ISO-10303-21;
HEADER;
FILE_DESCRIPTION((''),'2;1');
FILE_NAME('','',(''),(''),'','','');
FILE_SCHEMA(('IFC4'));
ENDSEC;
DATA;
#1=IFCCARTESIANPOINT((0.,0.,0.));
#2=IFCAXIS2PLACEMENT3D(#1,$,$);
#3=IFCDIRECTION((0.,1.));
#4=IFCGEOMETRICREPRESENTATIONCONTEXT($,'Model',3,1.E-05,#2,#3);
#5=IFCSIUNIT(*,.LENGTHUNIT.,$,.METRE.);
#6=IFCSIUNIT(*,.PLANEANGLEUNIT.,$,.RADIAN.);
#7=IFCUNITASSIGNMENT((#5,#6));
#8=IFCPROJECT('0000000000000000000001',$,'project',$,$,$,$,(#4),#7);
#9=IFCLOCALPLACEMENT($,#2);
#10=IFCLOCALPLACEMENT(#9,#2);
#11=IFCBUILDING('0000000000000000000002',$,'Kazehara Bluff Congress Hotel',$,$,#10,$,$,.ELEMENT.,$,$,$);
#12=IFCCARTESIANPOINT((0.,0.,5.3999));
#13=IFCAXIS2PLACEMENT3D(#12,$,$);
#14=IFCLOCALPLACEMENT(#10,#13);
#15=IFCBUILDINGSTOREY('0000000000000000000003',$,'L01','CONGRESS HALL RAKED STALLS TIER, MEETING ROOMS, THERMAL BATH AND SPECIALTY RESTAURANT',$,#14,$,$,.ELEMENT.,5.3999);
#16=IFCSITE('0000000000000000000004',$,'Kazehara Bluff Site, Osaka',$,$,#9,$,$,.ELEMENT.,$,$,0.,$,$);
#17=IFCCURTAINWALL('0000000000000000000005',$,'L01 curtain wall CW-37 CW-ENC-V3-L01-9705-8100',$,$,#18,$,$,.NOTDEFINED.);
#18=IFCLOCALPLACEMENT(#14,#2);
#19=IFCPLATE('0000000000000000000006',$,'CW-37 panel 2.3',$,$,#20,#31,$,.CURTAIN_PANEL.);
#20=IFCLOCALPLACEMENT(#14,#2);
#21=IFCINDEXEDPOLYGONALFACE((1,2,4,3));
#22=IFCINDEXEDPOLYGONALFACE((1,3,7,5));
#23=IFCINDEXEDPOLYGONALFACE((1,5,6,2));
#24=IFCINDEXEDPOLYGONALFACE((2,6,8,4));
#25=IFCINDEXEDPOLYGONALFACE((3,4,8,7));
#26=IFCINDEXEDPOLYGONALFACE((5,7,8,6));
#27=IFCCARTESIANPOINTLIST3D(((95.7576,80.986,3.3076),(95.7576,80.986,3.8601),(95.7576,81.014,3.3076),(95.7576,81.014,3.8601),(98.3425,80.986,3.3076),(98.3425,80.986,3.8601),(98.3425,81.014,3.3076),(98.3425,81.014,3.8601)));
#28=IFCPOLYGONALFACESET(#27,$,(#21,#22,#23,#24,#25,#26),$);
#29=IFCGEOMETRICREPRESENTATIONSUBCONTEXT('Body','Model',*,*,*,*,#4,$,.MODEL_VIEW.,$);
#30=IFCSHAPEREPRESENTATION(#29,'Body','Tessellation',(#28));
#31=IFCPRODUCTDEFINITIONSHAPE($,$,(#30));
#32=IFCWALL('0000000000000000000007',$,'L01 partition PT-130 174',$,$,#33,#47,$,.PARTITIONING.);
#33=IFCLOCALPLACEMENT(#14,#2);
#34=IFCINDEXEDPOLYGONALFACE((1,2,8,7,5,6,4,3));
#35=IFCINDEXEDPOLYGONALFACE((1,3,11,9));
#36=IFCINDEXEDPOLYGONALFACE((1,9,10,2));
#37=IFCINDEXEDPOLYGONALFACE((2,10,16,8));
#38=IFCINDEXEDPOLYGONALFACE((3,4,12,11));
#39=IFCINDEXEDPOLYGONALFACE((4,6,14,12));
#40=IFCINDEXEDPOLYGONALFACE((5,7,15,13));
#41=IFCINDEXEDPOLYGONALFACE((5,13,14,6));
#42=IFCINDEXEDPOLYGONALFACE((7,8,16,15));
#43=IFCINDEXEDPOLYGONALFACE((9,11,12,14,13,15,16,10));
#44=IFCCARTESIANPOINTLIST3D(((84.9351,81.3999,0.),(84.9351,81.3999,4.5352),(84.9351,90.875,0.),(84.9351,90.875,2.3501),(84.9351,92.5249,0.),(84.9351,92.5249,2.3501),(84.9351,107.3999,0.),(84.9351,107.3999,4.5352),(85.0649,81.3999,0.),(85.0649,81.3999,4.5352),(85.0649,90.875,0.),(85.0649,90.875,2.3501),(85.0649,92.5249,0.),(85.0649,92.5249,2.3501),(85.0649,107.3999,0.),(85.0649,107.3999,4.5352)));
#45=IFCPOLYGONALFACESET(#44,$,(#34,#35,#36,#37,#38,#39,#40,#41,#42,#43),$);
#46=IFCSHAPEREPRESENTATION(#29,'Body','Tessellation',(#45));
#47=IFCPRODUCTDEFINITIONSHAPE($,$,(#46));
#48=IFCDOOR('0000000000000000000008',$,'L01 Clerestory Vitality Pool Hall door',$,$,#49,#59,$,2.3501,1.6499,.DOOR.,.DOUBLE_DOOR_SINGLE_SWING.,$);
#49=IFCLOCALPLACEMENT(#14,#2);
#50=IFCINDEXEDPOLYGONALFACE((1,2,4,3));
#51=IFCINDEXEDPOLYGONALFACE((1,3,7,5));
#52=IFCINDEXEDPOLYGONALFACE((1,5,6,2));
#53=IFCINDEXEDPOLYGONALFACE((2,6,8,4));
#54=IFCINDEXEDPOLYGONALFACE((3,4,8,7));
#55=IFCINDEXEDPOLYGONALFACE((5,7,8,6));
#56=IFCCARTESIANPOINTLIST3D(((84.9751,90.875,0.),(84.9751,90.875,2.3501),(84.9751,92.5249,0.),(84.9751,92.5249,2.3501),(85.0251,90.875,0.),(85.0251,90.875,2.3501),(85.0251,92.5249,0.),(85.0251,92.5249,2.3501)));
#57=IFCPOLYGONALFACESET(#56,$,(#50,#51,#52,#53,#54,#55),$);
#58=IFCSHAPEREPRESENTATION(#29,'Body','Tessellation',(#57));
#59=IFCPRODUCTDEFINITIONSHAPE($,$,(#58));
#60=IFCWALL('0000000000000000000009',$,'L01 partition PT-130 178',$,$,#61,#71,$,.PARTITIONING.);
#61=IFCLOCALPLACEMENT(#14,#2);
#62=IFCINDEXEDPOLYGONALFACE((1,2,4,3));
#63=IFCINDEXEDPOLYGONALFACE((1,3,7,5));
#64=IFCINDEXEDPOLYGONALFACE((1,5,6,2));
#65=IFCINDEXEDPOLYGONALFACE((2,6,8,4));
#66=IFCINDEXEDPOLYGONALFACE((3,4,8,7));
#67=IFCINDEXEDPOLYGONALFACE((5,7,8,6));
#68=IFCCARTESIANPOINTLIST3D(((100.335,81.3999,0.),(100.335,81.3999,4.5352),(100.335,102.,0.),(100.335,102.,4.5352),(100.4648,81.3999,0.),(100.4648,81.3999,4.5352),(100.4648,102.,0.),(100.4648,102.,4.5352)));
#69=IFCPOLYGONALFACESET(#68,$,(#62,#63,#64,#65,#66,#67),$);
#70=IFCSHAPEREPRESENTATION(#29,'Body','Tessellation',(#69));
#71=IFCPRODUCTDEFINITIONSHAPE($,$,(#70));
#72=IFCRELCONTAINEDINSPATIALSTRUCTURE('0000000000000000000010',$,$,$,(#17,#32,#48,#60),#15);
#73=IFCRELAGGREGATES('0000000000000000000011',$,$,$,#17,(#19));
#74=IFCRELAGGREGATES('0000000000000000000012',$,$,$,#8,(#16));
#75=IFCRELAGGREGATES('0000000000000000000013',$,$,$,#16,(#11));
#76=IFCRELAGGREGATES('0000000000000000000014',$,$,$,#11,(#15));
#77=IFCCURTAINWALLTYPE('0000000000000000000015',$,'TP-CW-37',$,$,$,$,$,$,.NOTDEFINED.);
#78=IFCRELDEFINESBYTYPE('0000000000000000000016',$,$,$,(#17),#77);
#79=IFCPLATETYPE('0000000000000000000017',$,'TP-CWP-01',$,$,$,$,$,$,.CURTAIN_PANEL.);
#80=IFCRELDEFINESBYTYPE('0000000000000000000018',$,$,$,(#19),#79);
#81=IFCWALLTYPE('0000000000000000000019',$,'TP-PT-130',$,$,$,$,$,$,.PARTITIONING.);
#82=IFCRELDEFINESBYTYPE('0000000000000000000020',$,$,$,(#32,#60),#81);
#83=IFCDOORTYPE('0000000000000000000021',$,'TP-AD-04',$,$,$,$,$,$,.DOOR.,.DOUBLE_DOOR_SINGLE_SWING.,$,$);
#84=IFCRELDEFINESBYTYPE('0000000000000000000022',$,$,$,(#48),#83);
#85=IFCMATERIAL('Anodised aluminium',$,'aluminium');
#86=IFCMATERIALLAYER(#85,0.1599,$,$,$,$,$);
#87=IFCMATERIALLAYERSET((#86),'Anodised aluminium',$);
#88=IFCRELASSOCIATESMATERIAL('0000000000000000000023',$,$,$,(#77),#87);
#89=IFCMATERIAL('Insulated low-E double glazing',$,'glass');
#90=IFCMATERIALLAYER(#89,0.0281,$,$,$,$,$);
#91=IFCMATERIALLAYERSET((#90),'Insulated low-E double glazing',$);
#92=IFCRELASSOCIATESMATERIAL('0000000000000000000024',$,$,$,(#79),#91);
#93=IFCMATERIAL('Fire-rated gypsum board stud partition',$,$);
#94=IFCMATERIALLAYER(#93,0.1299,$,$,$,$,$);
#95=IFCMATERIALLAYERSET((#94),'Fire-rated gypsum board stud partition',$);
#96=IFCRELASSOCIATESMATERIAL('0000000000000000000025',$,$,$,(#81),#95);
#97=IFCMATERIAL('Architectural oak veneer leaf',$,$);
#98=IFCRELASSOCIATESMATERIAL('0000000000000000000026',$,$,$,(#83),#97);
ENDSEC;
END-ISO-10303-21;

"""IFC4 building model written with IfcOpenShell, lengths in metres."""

from ifc_helpers import new_model, si_unit, direction, frame, frame_2d, origin, origin_2d, place, context, subcontext, project, spatial, rectangle, extrude, material, layer, layer_set, type_object, element, fill, aggregate, save


model = new_model("IFC4")

# Units and contexts
model_context = context("Model", 3, precision=1e-05, world=origin(), true_north=direction((0.0, 1.0)))
body_context = subcontext(model_context, "Body", "Model", "MODEL_VIEW")
ifc_project = project(units=[si_unit("LENGTHUNIT", "METRE"), si_unit("PLANEANGLEUNIT", "RADIAN")], contexts=[model_context])

# Site, building, storey
site_placement = place(None, origin())
site = spatial("IfcSite", under=ifc_project, at=site_placement, Name="Kazehara Bluff Site, Osaka", CompositionType="ELEMENT", RefElevation=0.0)
building_placement = place(site_placement, origin())
building = spatial("IfcBuilding", under=site, at=building_placement, Name="Kazehara Bluff Congress Hotel", CompositionType="ELEMENT")
storey_placement = place(building_placement, frame((0.0, 0.0, 5.3999)))
storey = spatial("IfcBuildingStorey", under=building, at=storey_placement, Name="L01", Description="CONGRESS HALL RAKED STALLS TIER, MEETING ROOMS, THERMAL BATH AND SPECIALTY RESTAURANT", CompositionType="ELEMENT", Elevation=5.3999)

# Curtain wall
ifc_material_1 = material(Name="Anodised aluminium", Category="aluminium")
ifc_layer_1 = layer(ifc_material_1, 0.1599)
ifc_layer_set_1 = layer_set([ifc_layer_1], Name="Anodised aluminium")
curtain_wall_type_1 = type_object("IfcCurtainWallType", Name="TP-CW-37", PredefinedType="NOTDEFINED", material=ifc_layer_set_1)
curtain_wall_1_placement = place(storey_placement, origin())
curtain_wall_1 = element("IfcCurtainWall", 1, at=curtain_wall_1_placement, inside=storey, type_object=curtain_wall_type_1, Name="L01 curtain wall CW-37 CW-ENC-V3-L01-9705-8100", PredefinedType="NOTDEFINED")

# Plate
ifc_material_2 = material(Name="Insulated low-E double glazing", Category="glass")
ifc_layer_2 = layer(ifc_material_2, 0.0281)
ifc_layer_set_2 = layer_set([ifc_layer_2], Name="Insulated low-E double glazing")
plate_type = type_object("IfcPlateType", Name="TP-CWP-01", PredefinedType="CURTAIN_PANEL", material=ifc_layer_set_2)
plate_1_placement = place(storey_placement, frame((97.05, 81.0, 3.3076), z_axis=(0.0, 0.0, 1.0), x_axis=(-1.0, 0.0, 0.0)))
plate_1 = element("IfcPlate", 2, at=plate_1_placement, type_object=plate_type, Name="CW-37 panel 2.3", PredefinedType="CURTAIN_PANEL", context=body_context, shape_type="SweptSolid", body=[
    extrude(rectangle(XDim=2.585, YDim=0.0281, at=origin_2d()), origin(), (0.0, 0.0, 1.0), 0.5525),
])
aggregate(curtain_wall_1, [plate_1])

# Wall, opening, door
ifc_material_3 = material(Name="Fire-rated gypsum board stud partition")
ifc_layer_3 = layer(ifc_material_3, 0.1299)
ifc_layer_set_3 = layer_set([ifc_layer_3], Name="Fire-rated gypsum board stud partition")
wall_type = type_object("IfcWallType", Name="TP-PT-130", PredefinedType="PARTITIONING", material=ifc_layer_set_3)
wall_1_placement = place(storey_placement, frame((85.0, 81.3999, 0.0), z_axis=(0.0, 0.0, 1.0), x_axis=(0.0, 1.0, 0.0)))
wall_1 = element("IfcWall", 3, at=wall_1_placement, inside=storey, type_object=wall_type, Name="L01 partition PT-130 174", PredefinedType="PARTITIONING", context=body_context, shape_type="SweptSolid", body=[
    extrude(rectangle(XDim=26.0, YDim=0.1299, at=frame_2d((13.0, 0.0))), origin(), (0.0, 0.0, 1.0), 4.5352),
])
opening_placement = place(wall_1_placement, frame((9.4751, 0.0, 0.0)))
opening = element("IfcOpeningElement", 4, at=opening_placement, cuts=wall_1, PredefinedType="OPENING", context=body_context, shape_type="SweptSolid", body=[
    extrude(rectangle(XDim=1.6499, YDim=2.3501, at=frame_2d((0.825, 1.175))), frame((0.0, 0.075, 0.0), z_axis=(0.0, -1.0, 0.0), x_axis=(1.0, 0.0, 0.0)), (0.0, 0.0, 1.0), 0.1499),
])
ifc_material_4 = material(Name="Architectural oak veneer leaf")
door_type = type_object("IfcDoorType", Name="TP-AD-04", OperationType="DOUBLE_DOOR_SINGLE_SWING", PredefinedType="DOOR", material=ifc_material_4)
door_placement = place(opening_placement, origin())
door = element("IfcDoor", 5, at=door_placement, inside=storey, type_object=door_type, Name="L01 Clerestory Vitality Pool Hall door", OperationType="DOUBLE_DOOR_SINGLE_SWING", OverallHeight=2.3501, OverallWidth=1.6499, PredefinedType="DOOR", context=body_context, shape_type="SweptSolid", body=[
    extrude(rectangle(XDim=1.6499, YDim=2.3501, at=frame_2d((0.825, 1.175))), frame((0.0, 0.0249, 0.0), z_axis=(0.0, -1.0, 0.0), x_axis=(1.0, 0.0, 0.0)), (0.0, 0.0, 1.0), 0.05),
])
fill(opening, door)

# Wall
wall_2_placement = place(storey_placement, frame((100.3999, 81.3999, 0.0), z_axis=(0.0, 0.0, 1.0), x_axis=(0.0, 1.0, 0.0)))
element("IfcWall", 6, at=wall_2_placement, inside=storey, type_object=wall_type, Name="L01 partition PT-130 178", PredefinedType="PARTITIONING", context=body_context, shape_type="SweptSolid", body=[
    extrude(rectangle(XDim=20.6001, YDim=0.1299, at=frame_2d((10.3, 0.0))), origin(), (0.0, 0.0, 1.0), 4.5352),
])

save(model, "model.ifc")
